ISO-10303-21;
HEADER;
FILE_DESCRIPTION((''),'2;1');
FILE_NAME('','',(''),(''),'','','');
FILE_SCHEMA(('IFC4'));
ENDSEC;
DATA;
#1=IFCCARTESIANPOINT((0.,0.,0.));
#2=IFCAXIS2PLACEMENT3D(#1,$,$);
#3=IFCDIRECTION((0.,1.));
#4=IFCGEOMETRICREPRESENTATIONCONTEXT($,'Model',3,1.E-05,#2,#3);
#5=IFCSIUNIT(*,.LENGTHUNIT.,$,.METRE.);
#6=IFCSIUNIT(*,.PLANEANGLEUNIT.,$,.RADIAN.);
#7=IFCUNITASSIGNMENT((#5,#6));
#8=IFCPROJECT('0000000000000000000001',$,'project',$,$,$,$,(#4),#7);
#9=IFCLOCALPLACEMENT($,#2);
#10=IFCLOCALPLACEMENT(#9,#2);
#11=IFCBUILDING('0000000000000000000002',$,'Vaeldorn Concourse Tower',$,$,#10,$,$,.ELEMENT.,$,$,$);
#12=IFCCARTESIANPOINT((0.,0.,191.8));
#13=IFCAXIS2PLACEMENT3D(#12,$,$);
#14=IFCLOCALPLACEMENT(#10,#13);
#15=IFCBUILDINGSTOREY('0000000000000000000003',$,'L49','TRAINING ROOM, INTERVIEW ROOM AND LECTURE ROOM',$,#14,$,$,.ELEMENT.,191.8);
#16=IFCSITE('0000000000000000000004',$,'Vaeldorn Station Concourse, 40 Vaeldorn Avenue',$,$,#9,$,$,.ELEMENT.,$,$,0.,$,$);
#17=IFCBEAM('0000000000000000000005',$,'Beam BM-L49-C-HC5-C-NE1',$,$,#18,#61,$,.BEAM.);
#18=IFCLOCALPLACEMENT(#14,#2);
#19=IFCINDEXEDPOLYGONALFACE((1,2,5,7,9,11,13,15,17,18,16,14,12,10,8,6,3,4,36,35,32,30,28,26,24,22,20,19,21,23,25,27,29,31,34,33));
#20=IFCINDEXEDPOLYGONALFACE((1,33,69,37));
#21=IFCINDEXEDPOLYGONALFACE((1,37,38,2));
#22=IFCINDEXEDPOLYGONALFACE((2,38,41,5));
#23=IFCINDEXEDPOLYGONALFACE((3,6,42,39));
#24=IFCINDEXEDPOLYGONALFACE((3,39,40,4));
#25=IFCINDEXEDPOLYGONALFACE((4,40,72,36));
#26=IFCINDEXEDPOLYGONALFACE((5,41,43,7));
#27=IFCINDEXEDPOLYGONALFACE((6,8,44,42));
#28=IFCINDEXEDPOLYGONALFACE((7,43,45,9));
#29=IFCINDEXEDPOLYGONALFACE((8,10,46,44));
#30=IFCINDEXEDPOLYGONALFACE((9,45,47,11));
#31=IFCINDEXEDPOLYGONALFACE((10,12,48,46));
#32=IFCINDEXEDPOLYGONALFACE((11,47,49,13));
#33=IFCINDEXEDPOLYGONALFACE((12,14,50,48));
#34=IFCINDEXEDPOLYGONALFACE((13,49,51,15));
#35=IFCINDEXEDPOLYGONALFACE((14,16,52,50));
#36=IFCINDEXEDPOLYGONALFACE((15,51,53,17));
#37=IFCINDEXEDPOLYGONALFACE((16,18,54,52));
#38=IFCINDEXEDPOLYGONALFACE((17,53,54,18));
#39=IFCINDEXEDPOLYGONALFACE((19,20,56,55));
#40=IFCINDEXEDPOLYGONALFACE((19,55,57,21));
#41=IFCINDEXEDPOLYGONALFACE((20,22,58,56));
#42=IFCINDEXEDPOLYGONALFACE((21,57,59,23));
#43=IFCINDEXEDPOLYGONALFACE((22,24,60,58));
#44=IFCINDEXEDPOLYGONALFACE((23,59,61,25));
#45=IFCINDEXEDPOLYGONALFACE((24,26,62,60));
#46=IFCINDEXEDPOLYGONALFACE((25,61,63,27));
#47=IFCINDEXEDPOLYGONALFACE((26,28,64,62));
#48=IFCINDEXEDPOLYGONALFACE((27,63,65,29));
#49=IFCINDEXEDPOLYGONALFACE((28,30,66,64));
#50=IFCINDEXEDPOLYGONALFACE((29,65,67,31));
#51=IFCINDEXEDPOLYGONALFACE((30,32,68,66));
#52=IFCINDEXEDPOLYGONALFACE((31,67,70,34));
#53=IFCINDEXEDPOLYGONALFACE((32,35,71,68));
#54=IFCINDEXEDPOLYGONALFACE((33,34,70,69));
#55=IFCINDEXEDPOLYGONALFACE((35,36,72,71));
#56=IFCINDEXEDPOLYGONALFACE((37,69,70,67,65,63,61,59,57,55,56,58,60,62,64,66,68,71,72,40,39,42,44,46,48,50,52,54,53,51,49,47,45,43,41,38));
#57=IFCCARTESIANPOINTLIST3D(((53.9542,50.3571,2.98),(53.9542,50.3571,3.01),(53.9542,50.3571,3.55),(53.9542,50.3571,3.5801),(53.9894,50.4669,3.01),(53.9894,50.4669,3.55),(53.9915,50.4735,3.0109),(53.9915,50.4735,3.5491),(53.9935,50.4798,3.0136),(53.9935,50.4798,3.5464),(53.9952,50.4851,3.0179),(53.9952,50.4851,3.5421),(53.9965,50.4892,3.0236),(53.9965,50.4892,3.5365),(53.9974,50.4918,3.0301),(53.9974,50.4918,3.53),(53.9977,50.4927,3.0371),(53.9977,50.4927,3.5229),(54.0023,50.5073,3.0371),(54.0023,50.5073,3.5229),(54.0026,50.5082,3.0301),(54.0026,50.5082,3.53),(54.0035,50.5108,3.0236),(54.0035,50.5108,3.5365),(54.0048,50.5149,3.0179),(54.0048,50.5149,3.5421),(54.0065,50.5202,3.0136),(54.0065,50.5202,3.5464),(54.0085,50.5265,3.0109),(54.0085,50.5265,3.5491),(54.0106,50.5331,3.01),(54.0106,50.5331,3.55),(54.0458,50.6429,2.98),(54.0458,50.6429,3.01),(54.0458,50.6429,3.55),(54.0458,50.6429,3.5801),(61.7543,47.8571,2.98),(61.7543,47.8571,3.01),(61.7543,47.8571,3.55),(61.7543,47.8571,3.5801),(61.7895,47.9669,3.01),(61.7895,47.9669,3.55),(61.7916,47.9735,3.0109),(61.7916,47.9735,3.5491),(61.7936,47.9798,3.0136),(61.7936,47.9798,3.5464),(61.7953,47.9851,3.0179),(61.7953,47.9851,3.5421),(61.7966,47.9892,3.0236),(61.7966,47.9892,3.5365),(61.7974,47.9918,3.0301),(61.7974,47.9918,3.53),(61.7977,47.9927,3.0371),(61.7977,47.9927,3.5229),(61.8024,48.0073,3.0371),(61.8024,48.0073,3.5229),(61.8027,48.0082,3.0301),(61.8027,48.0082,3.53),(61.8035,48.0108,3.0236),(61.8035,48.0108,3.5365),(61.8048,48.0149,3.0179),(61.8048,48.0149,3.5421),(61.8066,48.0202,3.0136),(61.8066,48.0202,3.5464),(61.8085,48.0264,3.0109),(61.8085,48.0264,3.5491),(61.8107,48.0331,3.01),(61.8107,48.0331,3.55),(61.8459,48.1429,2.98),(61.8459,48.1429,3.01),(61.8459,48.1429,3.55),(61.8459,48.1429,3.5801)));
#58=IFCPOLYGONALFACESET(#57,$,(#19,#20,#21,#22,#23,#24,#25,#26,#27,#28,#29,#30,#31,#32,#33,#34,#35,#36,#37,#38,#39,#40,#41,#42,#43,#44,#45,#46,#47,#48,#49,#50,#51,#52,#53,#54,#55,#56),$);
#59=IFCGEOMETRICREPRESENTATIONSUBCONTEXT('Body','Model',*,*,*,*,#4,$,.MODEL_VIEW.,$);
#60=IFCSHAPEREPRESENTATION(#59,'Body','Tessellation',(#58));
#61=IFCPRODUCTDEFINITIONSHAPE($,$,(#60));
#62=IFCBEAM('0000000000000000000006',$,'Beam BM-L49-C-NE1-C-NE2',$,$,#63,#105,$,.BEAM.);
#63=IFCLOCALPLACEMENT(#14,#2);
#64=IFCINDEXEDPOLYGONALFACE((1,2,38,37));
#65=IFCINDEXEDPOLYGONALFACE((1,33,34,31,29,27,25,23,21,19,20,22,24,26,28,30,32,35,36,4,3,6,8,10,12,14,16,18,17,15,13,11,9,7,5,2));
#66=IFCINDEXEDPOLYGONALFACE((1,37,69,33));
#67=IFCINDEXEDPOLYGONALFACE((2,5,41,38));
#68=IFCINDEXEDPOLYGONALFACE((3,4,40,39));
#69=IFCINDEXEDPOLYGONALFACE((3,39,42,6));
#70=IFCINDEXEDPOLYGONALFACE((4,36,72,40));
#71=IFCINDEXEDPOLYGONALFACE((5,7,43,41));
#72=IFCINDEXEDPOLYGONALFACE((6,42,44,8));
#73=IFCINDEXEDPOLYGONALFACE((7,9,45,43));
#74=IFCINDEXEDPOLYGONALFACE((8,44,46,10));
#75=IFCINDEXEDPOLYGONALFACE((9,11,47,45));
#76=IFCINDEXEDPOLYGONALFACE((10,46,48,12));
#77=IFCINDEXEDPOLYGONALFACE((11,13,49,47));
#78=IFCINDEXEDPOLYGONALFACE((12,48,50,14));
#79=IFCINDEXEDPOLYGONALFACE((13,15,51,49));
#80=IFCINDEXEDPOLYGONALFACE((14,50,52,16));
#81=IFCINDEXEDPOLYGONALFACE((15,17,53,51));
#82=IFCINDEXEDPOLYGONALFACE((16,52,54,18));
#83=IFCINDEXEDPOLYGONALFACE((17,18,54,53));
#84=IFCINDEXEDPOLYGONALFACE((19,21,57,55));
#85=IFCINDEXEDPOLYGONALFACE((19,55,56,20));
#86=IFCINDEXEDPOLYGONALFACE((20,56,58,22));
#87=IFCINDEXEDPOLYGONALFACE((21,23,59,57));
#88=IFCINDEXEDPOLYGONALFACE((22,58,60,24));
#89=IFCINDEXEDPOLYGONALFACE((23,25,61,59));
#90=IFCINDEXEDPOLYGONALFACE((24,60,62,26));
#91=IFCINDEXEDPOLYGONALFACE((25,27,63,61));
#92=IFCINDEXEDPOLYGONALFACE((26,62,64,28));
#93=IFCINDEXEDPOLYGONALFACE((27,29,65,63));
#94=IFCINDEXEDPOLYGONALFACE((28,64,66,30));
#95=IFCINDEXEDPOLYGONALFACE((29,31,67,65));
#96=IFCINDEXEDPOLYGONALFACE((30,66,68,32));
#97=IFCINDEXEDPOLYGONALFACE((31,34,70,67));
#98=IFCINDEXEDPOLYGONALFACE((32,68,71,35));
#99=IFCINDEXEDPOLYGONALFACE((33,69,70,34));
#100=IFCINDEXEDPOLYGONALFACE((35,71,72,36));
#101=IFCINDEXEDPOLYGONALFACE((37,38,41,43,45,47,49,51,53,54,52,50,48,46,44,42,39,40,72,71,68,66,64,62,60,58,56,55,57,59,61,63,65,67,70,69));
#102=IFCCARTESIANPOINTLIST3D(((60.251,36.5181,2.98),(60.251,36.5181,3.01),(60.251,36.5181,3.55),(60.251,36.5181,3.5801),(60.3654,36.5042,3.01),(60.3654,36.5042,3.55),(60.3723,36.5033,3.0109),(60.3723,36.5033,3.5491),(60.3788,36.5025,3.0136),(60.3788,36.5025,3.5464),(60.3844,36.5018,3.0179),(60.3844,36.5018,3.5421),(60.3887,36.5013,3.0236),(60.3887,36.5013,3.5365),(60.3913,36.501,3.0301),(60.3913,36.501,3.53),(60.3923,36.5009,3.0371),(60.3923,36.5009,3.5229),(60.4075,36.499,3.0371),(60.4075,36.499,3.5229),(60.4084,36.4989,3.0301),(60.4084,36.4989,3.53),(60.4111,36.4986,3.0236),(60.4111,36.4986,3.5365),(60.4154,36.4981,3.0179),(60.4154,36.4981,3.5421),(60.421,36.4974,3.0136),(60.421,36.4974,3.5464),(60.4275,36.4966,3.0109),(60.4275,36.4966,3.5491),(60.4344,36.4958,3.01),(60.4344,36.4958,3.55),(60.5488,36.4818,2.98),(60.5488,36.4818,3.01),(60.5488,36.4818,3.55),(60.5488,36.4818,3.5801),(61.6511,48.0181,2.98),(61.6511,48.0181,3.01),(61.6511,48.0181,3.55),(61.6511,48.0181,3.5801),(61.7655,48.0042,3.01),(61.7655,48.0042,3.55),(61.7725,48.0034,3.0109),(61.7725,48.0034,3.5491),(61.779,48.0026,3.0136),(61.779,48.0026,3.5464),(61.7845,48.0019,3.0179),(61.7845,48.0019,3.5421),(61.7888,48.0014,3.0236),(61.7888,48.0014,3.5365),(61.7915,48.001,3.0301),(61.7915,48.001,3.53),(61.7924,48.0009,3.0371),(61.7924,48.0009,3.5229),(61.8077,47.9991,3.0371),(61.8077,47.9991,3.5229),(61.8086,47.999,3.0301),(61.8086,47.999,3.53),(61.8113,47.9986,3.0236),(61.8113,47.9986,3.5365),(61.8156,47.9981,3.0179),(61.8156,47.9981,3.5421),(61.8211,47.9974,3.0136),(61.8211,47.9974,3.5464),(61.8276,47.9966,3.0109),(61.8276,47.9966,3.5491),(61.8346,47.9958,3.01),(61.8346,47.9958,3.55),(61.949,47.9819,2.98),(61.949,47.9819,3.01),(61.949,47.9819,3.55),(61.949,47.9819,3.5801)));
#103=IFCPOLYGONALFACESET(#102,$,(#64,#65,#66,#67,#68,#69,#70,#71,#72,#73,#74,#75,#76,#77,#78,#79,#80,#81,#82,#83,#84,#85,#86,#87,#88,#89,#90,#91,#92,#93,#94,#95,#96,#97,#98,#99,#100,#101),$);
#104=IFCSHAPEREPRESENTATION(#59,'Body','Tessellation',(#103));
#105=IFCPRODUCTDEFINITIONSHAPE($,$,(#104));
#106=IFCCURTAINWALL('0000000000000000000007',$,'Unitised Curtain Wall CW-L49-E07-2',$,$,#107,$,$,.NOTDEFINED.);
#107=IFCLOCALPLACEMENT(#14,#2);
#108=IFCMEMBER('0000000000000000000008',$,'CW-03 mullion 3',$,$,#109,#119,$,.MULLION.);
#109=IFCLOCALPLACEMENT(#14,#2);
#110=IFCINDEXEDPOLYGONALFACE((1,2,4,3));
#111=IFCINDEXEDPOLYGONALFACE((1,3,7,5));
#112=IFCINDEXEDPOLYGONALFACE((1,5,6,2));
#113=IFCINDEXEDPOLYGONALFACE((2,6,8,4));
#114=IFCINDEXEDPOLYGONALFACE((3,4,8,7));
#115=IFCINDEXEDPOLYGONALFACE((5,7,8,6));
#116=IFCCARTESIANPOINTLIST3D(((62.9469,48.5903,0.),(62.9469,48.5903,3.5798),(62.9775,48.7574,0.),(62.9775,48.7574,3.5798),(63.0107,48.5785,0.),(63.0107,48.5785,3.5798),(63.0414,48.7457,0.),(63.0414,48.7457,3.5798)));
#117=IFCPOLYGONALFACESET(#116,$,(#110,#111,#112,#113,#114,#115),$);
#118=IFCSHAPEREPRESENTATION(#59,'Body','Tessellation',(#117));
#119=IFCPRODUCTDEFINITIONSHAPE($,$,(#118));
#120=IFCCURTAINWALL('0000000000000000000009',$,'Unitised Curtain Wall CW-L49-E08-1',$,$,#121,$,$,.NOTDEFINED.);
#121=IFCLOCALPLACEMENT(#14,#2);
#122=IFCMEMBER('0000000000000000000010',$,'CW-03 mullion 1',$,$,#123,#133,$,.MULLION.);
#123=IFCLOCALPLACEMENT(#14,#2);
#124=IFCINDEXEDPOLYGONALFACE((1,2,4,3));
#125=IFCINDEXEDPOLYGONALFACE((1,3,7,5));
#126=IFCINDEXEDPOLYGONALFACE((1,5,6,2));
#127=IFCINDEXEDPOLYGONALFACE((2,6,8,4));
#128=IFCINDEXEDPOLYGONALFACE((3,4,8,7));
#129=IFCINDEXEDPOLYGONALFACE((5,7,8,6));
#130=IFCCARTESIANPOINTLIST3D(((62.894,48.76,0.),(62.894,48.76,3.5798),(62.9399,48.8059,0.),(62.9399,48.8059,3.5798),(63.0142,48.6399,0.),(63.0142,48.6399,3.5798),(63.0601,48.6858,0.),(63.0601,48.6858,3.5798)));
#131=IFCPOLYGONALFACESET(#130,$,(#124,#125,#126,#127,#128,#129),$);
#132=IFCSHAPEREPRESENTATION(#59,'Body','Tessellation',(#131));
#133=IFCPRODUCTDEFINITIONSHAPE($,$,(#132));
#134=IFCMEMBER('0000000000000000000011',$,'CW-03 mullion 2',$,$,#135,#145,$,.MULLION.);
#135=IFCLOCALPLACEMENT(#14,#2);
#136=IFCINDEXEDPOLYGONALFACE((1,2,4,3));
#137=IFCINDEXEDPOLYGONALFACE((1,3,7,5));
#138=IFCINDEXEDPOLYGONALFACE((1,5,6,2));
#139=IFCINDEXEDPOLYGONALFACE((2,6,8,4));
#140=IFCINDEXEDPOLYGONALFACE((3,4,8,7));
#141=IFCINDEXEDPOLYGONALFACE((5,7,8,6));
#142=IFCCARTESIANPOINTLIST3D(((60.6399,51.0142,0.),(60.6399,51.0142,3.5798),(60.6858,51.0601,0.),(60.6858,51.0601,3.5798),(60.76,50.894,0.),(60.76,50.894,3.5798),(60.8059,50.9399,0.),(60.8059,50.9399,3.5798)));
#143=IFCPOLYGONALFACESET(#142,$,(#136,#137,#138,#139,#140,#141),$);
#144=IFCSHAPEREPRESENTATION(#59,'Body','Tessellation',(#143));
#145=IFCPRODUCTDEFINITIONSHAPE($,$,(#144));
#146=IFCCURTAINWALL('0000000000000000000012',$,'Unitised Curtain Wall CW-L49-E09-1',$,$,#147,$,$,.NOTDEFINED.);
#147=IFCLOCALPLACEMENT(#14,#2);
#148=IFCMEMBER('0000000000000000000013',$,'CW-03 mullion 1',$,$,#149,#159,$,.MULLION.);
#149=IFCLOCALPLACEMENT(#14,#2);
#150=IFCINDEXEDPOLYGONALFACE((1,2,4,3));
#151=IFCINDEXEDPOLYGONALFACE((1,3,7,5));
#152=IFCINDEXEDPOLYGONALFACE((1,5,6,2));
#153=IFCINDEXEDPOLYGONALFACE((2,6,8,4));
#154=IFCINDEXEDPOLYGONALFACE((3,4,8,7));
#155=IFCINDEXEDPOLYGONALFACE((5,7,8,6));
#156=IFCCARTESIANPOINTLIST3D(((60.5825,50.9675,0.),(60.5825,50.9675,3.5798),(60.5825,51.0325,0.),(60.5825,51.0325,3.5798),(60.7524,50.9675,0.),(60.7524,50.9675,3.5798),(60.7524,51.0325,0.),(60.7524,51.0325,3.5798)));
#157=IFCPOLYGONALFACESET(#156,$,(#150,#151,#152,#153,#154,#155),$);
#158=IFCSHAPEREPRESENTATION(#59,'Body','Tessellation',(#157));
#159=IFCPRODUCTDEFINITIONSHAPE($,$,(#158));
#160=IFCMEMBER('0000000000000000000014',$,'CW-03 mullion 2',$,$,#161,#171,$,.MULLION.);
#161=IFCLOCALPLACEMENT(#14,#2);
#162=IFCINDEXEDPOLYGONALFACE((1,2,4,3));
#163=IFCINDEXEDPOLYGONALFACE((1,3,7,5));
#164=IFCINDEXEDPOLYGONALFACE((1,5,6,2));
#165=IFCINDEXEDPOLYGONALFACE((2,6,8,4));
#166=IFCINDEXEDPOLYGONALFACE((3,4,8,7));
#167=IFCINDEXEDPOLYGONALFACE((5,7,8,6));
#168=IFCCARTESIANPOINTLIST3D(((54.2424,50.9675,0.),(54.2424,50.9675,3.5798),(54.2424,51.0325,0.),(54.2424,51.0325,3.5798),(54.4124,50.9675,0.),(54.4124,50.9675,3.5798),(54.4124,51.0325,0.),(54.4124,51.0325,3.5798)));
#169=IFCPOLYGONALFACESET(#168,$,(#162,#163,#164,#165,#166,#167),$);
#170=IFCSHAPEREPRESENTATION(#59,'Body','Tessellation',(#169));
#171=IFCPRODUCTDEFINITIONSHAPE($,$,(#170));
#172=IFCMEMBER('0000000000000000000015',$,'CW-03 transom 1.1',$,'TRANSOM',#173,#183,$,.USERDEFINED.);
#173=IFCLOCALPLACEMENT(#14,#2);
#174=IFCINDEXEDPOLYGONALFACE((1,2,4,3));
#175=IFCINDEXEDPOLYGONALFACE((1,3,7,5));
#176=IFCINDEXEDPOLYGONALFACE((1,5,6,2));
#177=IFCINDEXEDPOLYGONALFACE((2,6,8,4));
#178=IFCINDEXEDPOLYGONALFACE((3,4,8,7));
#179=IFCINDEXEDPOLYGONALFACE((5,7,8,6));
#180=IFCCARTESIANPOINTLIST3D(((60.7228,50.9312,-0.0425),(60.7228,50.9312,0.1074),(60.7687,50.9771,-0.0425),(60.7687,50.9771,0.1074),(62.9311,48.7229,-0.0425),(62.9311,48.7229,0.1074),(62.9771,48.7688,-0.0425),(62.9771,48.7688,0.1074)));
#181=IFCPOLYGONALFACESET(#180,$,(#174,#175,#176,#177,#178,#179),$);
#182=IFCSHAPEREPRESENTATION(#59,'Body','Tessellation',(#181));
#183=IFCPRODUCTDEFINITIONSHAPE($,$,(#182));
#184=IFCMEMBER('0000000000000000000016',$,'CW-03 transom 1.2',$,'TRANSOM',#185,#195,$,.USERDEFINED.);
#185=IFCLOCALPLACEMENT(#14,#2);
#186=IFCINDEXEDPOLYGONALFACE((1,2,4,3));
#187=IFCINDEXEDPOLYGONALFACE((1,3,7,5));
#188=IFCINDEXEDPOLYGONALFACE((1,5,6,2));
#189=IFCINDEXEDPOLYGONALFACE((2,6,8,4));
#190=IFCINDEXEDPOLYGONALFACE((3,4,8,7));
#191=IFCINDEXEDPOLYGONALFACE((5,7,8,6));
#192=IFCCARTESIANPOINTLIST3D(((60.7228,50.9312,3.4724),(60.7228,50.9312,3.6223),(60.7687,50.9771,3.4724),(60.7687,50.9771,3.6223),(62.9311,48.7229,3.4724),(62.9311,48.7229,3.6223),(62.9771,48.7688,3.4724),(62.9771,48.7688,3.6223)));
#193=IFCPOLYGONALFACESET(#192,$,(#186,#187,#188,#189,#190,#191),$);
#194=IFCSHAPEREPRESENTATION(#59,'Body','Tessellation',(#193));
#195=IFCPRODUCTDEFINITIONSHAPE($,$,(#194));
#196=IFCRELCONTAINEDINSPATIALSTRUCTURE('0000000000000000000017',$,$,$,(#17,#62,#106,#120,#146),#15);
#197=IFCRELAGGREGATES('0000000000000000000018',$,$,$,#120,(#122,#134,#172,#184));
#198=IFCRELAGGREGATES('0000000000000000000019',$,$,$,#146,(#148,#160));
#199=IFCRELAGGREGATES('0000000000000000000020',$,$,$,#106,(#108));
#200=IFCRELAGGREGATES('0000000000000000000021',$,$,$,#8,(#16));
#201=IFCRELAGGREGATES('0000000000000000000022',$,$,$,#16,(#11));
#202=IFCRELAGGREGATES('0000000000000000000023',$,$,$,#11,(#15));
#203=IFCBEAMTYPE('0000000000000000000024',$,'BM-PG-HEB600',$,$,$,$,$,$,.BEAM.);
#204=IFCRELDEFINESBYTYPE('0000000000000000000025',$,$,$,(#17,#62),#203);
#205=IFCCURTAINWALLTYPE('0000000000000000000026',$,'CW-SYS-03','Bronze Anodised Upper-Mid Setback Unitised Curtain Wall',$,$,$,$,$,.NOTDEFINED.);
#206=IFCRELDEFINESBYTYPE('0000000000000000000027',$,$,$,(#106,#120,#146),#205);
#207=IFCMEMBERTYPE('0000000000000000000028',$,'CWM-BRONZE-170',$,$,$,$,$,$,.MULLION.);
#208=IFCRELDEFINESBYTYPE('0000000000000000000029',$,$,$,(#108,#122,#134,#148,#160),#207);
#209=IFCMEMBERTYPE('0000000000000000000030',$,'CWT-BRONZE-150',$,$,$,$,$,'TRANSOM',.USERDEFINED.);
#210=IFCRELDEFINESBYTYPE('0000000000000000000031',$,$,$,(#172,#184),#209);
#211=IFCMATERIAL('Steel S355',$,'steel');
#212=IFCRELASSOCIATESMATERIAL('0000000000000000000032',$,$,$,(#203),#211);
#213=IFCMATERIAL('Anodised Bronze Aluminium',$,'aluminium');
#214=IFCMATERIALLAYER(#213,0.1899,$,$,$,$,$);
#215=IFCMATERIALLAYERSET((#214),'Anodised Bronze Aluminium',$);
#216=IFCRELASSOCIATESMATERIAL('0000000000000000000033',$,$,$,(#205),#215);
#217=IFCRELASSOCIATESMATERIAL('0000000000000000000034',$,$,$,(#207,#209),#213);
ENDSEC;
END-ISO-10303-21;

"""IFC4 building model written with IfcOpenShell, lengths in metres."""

from ifc_helpers import new_model, si_unit, direction, frame, origin, origin_2d, place, context, subcontext, project, spatial, rectangle, i_section, extrude, source, transform, mapped, material, layer, layer_set, material_profile, profile_set, type_object, element, aggregate, save


model = new_model("IFC4")

# Units and contexts
model_context = context("Model", 3, precision=1e-05, world=origin(), true_north=direction((0.0, 1.0)))
body_context = subcontext(model_context, "Body", "Model", "MODEL_VIEW")
ifc_project = project(units=[si_unit("LENGTHUNIT", "METRE"), si_unit("PLANEANGLEUNIT", "RADIAN")], contexts=[model_context])

# Site, building, storey
site_placement = place(None, origin())
site = spatial("IfcSite", under=ifc_project, at=site_placement, Name="Vaeldorn Station Concourse, 40 Vaeldorn Avenue", CompositionType="ELEMENT", RefElevation=0.0)
building_placement = place(site_placement, origin())
building = spatial("IfcBuilding", under=site, at=building_placement, Name="Vaeldorn Concourse Tower", CompositionType="ELEMENT")
storey_placement = place(building_placement, frame((0.0, 0.0, 191.8)))
storey = spatial("IfcBuildingStorey", under=building, at=storey_placement, Name="L49", Description="TRAINING ROOM, INTERVIEW ROOM AND LECTURE ROOM", CompositionType="ELEMENT", Elevation=191.8)

# Beams
ifc_material_1 = material(Name="Steel S355", Category="steel")
ifc_material_profile_1 = material_profile(ifc_material_1, i_section(OverallWidth=0.3, OverallDepth=0.6001, WebThickness=0.0154, FlangeThickness=0.03, FilletRadius=0.0271, at=origin_2d()), Name="HEB 600")
ifc_profile_set_1 = profile_set([ifc_material_profile_1], Name="Steel S355")
beam_type_1 = type_object("IfcBeamType", Name="BM-PG-HEB600", PredefinedType="BEAM", material=ifc_profile_set_1)
shared_shape_1 = source(origin(), body_context, "Body", "SweptSolid", [
    extrude(i_section(OverallWidth=0.3, OverallDepth=0.6001, WebThickness=0.0154, FlangeThickness=0.03, FilletRadius=0.0271, at=origin_2d()), origin(), (0.0, 0.0, 1.0), 8.1909),
])
beam_1_placement = place(storey_placement, frame((54.0, 50.5, 3.28), z_axis=(0.952283, -0.305217, 0.0), x_axis=(0.305217, 0.952283, 0.0)))
element("IfcBeam", 1, at=beam_1_placement, inside=storey, type_object=beam_type_1, Name="Beam BM-L49-C-HC5-C-NE1", PredefinedType="BEAM", context=body_context, shape_type="MappedRepresentation", body=[
    mapped(shared_shape_1, transform((0.0, 0.0, 0.0), scale=1.0)),
])
shared_shape_2 = source(origin(), body_context, "Body", "SweptSolid", [
    extrude(i_section(OverallWidth=0.3, OverallDepth=0.6001, WebThickness=0.0154, FlangeThickness=0.03, FilletRadius=0.0271, at=origin_2d()), origin(), (0.0, 0.0, 1.0), 11.585),
])
beam_2_placement = place(storey_placement, frame((61.8, 48.0, 3.28), z_axis=(-0.120859, -0.99267, 0.0), x_axis=(0.99267, -0.120859, 0.0)))
element("IfcBeam", 2, at=beam_2_placement, inside=storey, type_object=beam_type_1, Name="Beam BM-L49-C-NE1-C-NE2", PredefinedType="BEAM", context=body_context, shape_type="MappedRepresentation", body=[
    mapped(shared_shape_2, transform((0.0, 0.0, 0.0), scale=1.0)),
])

# Curtain wall, member
ifc_material_2 = material(Name="Anodised Bronze Aluminium", Category="aluminium")
ifc_layer_1 = layer(ifc_material_2, 0.1899)
ifc_layer_set_1 = layer_set([ifc_layer_1], Name="Anodised Bronze Aluminium")
curtain_wall_type = type_object("IfcCurtainWallType", Name="CW-SYS-03", Description="Bronze Anodised Upper-Mid Setback Unitised Curtain Wall", PredefinedType="NOTDEFINED", material=ifc_layer_set_1)
curtain_wall_1_placement = place(storey_placement, origin())
curtain_wall_1 = element("IfcCurtainWall", 3, at=curtain_wall_1_placement, inside=storey, type_object=curtain_wall_type, Name="Unitised Curtain Wall CW-L49-E07-2", PredefinedType="NOTDEFINED")
ifc_material_profile_2 = material_profile(ifc_material_2, rectangle(XDim=0.0649, YDim=0.1699, at=origin_2d()), Name="CWM 65x170")
ifc_profile_set_2 = profile_set([ifc_material_profile_2], Name="Anodised Bronze Aluminium")
member_type_1 = type_object("IfcMemberType", Name="CWM-BRONZE-170", PredefinedType="MULLION", material=ifc_profile_set_2)
shared_shape_3 = source(origin(), body_context, "Body", "SweptSolid", [
    extrude(rectangle(XDim=0.0649, YDim=0.1699, at=origin_2d()), origin(), (0.0, 0.0, 1.0), 3.5798),
])
member_1_placement = place(storey_placement, frame((62.9941, 48.668, 0.0), z_axis=(0.0, 0.0, 1.0), x_axis=(-0.983559, 0.180585, 0.0)))
member_1 = element("IfcMember", 4, at=member_1_placement, type_object=member_type_1, Name="CW-03 mullion 3", PredefinedType="MULLION", context=body_context, shape_type="MappedRepresentation", body=[
    mapped(shared_shape_3, transform((0.0, 0.0, 0.0), scale=1.0)),
])

# Curtain walls, members
curtain_wall_2_placement = place(storey_placement, origin())
curtain_wall_2 = element("IfcCurtainWall", 5, at=curtain_wall_2_placement, inside=storey, type_object=curtain_wall_type, Name="Unitised Curtain Wall CW-L49-E08-1", PredefinedType="NOTDEFINED")
member_2_placement = place(storey_placement, frame((62.9771, 48.7229, 0.0), z_axis=(0.0, 0.0, 1.0), x_axis=(-0.707107, -0.707107, 0.0)))
member_2 = element("IfcMember", 6, at=member_2_placement, type_object=member_type_1, Name="CW-03 mullion 1", PredefinedType="MULLION", context=body_context, shape_type="MappedRepresentation", body=[
    mapped(shared_shape_3, transform((0.0, 0.0, 0.0), scale=1.0)),
])
member_3_placement = place(storey_placement, frame((60.7229, 50.9771, 0.0), z_axis=(0.0, 0.0, 1.0), x_axis=(-0.707107, -0.707107, 0.0)))
member_3 = element("IfcMember", 7, at=member_3_placement, type_object=member_type_1, Name="CW-03 mullion 2", PredefinedType="MULLION", context=body_context, shape_type="MappedRepresentation", body=[
    mapped(shared_shape_3, transform((0.0, 0.0, 0.0), scale=1.0)),
])
curtain_wall_3_placement = place(storey_placement, origin())
curtain_wall_3 = element("IfcCurtainWall", 8, at=curtain_wall_3_placement, inside=storey, type_object=curtain_wall_type, Name="Unitised Curtain Wall CW-L49-E09-1", PredefinedType="NOTDEFINED")
member_4_placement = place(storey_placement, frame((60.6675, 51.0, 0.0), z_axis=(0.0, 0.0, 1.0), x_axis=(0.0, -1.0, 0.0)))
member_4 = element("IfcMember", 9, at=member_4_placement, type_object=member_type_1, Name="CW-03 mullion 1", PredefinedType="MULLION", context=body_context, shape_type="MappedRepresentation", body=[
    mapped(shared_shape_3, transform((0.0, 0.0, 0.0), scale=1.0)),
])
member_5_placement = place(storey_placement, frame((54.3274, 51.0, 0.0), z_axis=(0.0, 0.0, 1.0), x_axis=(0.0, -1.0, 0.0)))
member_5 = element("IfcMember", 10, at=member_5_placement, type_object=member_type_1, Name="CW-03 mullion 2", PredefinedType="MULLION", context=body_context, shape_type="MappedRepresentation", body=[
    mapped(shared_shape_3, transform((0.0, 0.0, 0.0), scale=1.0)),
])

# Members
ifc_material_profile_3 = material_profile(ifc_material_2, rectangle(XDim=0.0649, YDim=0.1499, at=origin_2d()), Name="CWT 65x150")
ifc_profile_set_3 = profile_set([ifc_material_profile_3], Name="Anodised Bronze Aluminium")
member_type_2 = type_object("IfcMemberType", Name="CWT-BRONZE-150", ElementType="TRANSOM", PredefinedType="USERDEFINED", material=ifc_profile_set_3)
shared_shape_4 = source(origin(), body_context, "Body", "SweptSolid", [
    extrude(rectangle(XDim=0.0649, YDim=0.1499, at=origin_2d()), origin(), (0.0, 0.0, 1.0), 3.123),
])
member_6_placement = place(storey_placement, frame((62.9541, 48.7458, 0.0325), z_axis=(-0.707107, 0.707107, 0.0), x_axis=(-0.707107, -0.707107, 0.0)))
member_6 = element("IfcMember", 11, at=member_6_placement, type_object=member_type_2, Name="CW-03 transom 1.1", ObjectType="TRANSOM", PredefinedType="USERDEFINED", context=body_context, shape_type="MappedRepresentation", body=[
    mapped(shared_shape_4, transform((0.0, 0.0, 0.0), scale=1.0)),
])
member_7_placement = place(storey_placement, frame((62.9541, 48.7458, 3.5474), z_axis=(-0.707107, 0.707107, 0.0), x_axis=(-0.707107, -0.707107, 0.0)))
member_7 = element("IfcMember", 12, at=member_7_placement, type_object=member_type_2, Name="CW-03 transom 1.2", ObjectType="TRANSOM", PredefinedType="USERDEFINED", context=body_context, shape_type="MappedRepresentation", body=[
    mapped(shared_shape_4, transform((0.0, 0.0, 0.0), scale=1.0)),
])

aggregate(curtain_wall_2, [member_2, member_3, member_6, member_7])
aggregate(curtain_wall_3, [member_4, member_5])
aggregate(curtain_wall_1, [member_1])

save(model, "model.ifc")
